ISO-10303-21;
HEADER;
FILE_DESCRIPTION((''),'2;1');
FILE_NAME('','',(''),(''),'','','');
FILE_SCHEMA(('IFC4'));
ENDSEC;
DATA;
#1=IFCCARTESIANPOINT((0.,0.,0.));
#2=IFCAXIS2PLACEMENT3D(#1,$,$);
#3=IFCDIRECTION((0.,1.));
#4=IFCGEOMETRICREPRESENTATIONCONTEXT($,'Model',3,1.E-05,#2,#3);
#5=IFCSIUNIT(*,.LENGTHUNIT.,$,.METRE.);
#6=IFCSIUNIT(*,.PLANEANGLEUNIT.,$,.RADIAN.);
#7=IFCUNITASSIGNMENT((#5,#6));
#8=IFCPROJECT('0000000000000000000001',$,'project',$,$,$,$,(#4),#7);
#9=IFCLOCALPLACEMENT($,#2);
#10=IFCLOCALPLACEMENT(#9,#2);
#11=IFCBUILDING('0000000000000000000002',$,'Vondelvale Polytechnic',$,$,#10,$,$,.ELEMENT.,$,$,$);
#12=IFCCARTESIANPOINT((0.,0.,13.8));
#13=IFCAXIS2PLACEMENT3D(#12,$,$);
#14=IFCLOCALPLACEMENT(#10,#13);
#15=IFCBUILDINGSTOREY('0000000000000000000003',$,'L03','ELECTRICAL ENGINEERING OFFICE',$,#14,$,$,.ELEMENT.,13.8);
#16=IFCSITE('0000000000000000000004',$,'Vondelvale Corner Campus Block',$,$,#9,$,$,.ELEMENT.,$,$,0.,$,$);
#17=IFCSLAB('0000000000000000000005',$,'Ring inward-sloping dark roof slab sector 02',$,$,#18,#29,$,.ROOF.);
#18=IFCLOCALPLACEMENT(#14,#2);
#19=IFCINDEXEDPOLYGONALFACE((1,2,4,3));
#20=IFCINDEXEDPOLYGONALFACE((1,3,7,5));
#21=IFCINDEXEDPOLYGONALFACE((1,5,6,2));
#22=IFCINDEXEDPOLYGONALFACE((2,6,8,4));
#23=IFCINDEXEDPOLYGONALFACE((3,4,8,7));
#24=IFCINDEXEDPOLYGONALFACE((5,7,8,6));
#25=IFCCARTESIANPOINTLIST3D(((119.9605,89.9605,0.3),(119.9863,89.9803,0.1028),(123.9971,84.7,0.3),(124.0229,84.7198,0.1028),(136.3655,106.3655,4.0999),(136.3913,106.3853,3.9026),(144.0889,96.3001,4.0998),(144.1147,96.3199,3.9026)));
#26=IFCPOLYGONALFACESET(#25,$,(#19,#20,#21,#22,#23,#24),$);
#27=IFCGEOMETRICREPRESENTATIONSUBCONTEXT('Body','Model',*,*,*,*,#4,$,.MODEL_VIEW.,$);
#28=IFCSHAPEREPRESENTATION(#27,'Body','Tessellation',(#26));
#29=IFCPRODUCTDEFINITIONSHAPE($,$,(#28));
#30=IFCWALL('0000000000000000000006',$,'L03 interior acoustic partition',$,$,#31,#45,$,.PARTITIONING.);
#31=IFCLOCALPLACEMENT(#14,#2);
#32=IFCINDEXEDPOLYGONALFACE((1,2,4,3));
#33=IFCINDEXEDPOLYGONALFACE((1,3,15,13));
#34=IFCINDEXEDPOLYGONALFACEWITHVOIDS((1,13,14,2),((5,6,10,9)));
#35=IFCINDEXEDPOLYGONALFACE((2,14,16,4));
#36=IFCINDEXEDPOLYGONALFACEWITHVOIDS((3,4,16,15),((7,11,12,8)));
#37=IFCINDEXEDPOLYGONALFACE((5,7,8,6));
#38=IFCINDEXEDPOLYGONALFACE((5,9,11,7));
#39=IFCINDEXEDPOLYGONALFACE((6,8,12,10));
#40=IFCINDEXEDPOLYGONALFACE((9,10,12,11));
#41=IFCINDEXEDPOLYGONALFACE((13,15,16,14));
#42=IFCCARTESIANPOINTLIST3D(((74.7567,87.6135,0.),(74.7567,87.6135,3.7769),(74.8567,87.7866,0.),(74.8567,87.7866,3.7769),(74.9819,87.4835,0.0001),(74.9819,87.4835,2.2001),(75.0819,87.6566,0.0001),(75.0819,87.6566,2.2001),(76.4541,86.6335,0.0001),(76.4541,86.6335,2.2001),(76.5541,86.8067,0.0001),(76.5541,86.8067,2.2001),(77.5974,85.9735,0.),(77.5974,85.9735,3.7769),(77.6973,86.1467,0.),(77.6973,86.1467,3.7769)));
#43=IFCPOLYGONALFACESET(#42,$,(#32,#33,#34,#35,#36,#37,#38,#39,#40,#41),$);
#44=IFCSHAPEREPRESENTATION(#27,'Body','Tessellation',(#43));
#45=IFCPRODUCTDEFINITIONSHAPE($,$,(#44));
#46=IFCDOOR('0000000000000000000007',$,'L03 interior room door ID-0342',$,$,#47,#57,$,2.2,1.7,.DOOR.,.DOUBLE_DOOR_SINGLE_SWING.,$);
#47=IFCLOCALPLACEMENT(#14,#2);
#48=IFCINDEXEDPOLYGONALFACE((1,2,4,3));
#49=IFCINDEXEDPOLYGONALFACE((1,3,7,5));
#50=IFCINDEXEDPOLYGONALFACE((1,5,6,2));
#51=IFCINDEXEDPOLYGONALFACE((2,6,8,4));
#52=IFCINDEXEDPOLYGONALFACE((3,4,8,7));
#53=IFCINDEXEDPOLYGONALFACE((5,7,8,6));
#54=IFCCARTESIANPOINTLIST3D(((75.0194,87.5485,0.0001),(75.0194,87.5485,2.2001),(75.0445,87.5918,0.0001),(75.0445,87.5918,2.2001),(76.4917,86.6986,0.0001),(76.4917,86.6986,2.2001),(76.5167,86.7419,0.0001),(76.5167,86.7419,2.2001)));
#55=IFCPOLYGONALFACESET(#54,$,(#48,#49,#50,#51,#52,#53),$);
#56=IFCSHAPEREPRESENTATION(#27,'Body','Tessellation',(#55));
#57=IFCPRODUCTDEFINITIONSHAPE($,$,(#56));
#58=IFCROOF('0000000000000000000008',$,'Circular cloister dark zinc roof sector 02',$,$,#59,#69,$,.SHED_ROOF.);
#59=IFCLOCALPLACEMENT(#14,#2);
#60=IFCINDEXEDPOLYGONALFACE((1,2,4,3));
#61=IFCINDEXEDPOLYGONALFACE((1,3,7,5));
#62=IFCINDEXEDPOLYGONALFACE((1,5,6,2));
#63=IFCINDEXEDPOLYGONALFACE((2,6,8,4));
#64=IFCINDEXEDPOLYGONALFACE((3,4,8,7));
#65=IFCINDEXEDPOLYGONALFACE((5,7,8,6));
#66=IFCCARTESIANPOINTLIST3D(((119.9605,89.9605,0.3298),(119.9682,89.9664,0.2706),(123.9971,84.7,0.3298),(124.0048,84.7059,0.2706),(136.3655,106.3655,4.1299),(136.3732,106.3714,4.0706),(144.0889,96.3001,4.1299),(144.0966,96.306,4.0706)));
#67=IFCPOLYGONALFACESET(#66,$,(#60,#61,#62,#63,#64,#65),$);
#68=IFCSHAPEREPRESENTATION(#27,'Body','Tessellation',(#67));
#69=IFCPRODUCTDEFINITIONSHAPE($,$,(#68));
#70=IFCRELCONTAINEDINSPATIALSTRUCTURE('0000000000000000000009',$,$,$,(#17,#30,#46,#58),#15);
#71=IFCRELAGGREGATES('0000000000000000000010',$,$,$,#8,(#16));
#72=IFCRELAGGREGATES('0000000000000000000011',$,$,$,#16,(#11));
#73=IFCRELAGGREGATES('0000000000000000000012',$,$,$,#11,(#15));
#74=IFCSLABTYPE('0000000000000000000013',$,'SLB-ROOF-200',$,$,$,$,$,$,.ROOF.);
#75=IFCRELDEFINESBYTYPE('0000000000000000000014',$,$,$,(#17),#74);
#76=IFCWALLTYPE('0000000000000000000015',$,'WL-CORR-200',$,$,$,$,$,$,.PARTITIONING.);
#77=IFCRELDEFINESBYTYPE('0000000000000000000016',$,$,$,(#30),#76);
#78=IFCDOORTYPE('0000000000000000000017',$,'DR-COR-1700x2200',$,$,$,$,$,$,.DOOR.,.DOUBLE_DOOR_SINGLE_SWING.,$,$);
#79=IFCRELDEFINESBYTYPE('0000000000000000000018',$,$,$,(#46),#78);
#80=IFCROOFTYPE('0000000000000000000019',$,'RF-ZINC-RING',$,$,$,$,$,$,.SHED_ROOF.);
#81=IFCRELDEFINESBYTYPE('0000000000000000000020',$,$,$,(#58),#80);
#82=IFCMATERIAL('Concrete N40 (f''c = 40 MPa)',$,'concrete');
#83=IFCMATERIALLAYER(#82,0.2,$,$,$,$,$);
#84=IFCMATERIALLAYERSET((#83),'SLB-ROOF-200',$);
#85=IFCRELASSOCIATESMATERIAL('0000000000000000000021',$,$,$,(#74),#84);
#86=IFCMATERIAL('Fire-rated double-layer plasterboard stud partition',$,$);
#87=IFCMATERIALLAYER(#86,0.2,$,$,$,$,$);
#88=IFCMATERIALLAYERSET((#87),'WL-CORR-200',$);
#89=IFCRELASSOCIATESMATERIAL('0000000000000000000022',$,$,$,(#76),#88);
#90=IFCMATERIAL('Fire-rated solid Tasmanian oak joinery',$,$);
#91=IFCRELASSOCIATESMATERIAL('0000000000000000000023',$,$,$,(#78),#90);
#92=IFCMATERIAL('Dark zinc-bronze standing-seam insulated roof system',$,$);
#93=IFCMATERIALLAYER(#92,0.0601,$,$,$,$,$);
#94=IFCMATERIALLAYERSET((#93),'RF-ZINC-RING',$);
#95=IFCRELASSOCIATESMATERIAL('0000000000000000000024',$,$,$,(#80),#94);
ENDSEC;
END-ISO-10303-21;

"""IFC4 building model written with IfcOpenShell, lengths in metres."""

from ifc_helpers import new_model, si_unit, direction, frame, frame_2d, origin, place, context, subcontext, project, spatial, polyline, rectangle, outline, extrude, material, layer, layer_set, type_object, element, fill, save


model = new_model("IFC4")

# Units and contexts
model_context = context("Model", 3, precision=1e-05, world=origin(), true_north=direction((0.0, 1.0)))
body_context = subcontext(model_context, "Body", "Model", "MODEL_VIEW")
ifc_project = project(units=[si_unit("LENGTHUNIT", "METRE"), si_unit("PLANEANGLEUNIT", "RADIAN")], contexts=[model_context])

# Site, building, storey
site_placement = place(None, origin())
site = spatial("IfcSite", under=ifc_project, at=site_placement, Name="Vondelvale Corner Campus Block", CompositionType="ELEMENT", RefElevation=0.0)
building_placement = place(site_placement, origin())
building = spatial("IfcBuilding", under=site, at=building_placement, Name="Vondelvale Polytechnic", CompositionType="ELEMENT")
storey_placement = place(building_placement, frame((0.0, 0.0, 13.8)))
storey = spatial("IfcBuildingStorey", under=building, at=storey_placement, Name="L03", Description="ELECTRICAL ENGINEERING OFFICE", CompositionType="ELEMENT", Elevation=13.8)

# Slab
ifc_material_1 = material(Name="Concrete N40 (f'c = 40 MPa)", Category="concrete")
ifc_layer_1 = layer(ifc_material_1, 0.2)
ifc_layer_set_1 = layer_set([ifc_layer_1], Name="SLB-ROOF-200")
slab_type = type_object("IfcSlabType", Name="SLB-ROOF-200", PredefinedType="ROOF", material=ifc_layer_set_1)
slab_placement = place(storey_placement, frame((123.9971, 84.7, 0.3), z_axis=(-0.129307, -0.099221, 0.986628), x_axis=(0.854637, 0.493429, 0.16163)))
element("IfcSlab", 1, at=slab_placement, inside=storey, type_object=slab_type, Name="Ring inward-sloping dark roof slab sector 02", PredefinedType="ROOF", context=body_context, shape_type="SweptSolid", body=[
    extrude(outline(polyline([(0.0, 0.0), (23.5092, 0.0), (21.8751, 12.5815), (-0.8542, 6.5755), (0.0, 0.0)])), origin(), (0.0, 0.0, -1.0), 0.2),
])

# Wall, opening, door
ifc_material_2 = material(Name="Fire-rated double-layer plasterboard stud partition")
ifc_layer_2 = layer(ifc_material_2, 0.2)
ifc_layer_set_2 = layer_set([ifc_layer_2], Name="WL-CORR-200")
wall_type = type_object("IfcWallType", Name="WL-CORR-200", PredefinedType="PARTITIONING", material=ifc_layer_set_2)
wall_placement = place(storey_placement, frame((77.6475, 86.0601, 0.0), z_axis=(0.0, 0.0, 1.0), x_axis=(-0.866041, 0.499974, 0.0)))
wall = element("IfcWall", 2, at=wall_placement, inside=storey, type_object=wall_type, Name="L03 interior acoustic partition", PredefinedType="PARTITIONING", context=body_context, shape_type="SweptSolid", body=[
    extrude(rectangle(XDim=3.28, YDim=0.2, at=frame_2d((1.6401, 0.0))), origin(), (0.0, 0.0, 1.0), 3.7769),
])
opening_placement = place(wall_placement, frame((1.3201, 0.0, 0.0)))
opening = element("IfcOpeningElement", 3, at=opening_placement, cuts=wall, PredefinedType="OPENING", context=body_context, shape_type="SweptSolid", body=[
    extrude(rectangle(XDim=1.7, YDim=2.2, at=frame_2d((0.8501, 1.1001))), frame((0.0, 0.1099, 0.0), z_axis=(0.0, -1.0, 0.0), x_axis=(1.0, 0.0, 0.0)), (0.0, 0.0, 1.0), 0.22),
])
ifc_material_3 = material(Name="Fire-rated solid Tasmanian oak joinery")
door_type = type_object("IfcDoorType", Name="DR-COR-1700x2200", OperationType="DOUBLE_DOOR_SINGLE_SWING", PredefinedType="DOOR", material=ifc_material_3)
door_placement = place(opening_placement, origin())
door = element("IfcDoor", 4, at=door_placement, inside=storey, type_object=door_type, Name="L03 interior room door ID-0342", OperationType="DOUBLE_DOOR_SINGLE_SWING", OverallHeight=2.2, OverallWidth=1.7, PredefinedType="DOOR", context=body_context, shape_type="SweptSolid", body=[
    extrude(rectangle(XDim=1.7, YDim=2.2, at=frame_2d((0.8501, 1.1001))), frame((0.0, 0.0249, 0.0), z_axis=(0.0, -1.0, 0.0), x_axis=(1.0, 0.0, 0.0)), (0.0, 0.0, 1.0), 0.05),
])
fill(opening, door)

# Roof
ifc_material_4 = material(Name="Dark zinc-bronze standing-seam insulated roof system")
ifc_layer_3 = layer(ifc_material_4, 0.0601)
ifc_layer_set_3 = layer_set([ifc_layer_3], Name="RF-ZINC-RING")
roof_type = type_object("IfcRoofType", Name="RF-ZINC-RING", PredefinedType="SHED_ROOF", material=ifc_layer_set_3)
roof_placement = place(storey_placement, frame((123.9971, 84.7, 0.3298), z_axis=(-0.129315, -0.099227, 0.986626), x_axis=(0.854635, 0.493428, 0.16164)))
element("IfcRoof", 5, at=roof_placement, inside=storey, type_object=roof_type, Name="Circular cloister dark zinc roof sector 02", PredefinedType="SHED_ROOF", context=body_context, shape_type="SweptSolid", body=[
    extrude(outline(polyline([(0.0, 0.0), (23.5092, 0.0), (21.8751, 12.5815), (-0.8542, 6.5755), (0.0, 0.0)])), origin(), (0.0, 0.0, -1.0), 0.0601),
])

save(model, "model.ifc")
